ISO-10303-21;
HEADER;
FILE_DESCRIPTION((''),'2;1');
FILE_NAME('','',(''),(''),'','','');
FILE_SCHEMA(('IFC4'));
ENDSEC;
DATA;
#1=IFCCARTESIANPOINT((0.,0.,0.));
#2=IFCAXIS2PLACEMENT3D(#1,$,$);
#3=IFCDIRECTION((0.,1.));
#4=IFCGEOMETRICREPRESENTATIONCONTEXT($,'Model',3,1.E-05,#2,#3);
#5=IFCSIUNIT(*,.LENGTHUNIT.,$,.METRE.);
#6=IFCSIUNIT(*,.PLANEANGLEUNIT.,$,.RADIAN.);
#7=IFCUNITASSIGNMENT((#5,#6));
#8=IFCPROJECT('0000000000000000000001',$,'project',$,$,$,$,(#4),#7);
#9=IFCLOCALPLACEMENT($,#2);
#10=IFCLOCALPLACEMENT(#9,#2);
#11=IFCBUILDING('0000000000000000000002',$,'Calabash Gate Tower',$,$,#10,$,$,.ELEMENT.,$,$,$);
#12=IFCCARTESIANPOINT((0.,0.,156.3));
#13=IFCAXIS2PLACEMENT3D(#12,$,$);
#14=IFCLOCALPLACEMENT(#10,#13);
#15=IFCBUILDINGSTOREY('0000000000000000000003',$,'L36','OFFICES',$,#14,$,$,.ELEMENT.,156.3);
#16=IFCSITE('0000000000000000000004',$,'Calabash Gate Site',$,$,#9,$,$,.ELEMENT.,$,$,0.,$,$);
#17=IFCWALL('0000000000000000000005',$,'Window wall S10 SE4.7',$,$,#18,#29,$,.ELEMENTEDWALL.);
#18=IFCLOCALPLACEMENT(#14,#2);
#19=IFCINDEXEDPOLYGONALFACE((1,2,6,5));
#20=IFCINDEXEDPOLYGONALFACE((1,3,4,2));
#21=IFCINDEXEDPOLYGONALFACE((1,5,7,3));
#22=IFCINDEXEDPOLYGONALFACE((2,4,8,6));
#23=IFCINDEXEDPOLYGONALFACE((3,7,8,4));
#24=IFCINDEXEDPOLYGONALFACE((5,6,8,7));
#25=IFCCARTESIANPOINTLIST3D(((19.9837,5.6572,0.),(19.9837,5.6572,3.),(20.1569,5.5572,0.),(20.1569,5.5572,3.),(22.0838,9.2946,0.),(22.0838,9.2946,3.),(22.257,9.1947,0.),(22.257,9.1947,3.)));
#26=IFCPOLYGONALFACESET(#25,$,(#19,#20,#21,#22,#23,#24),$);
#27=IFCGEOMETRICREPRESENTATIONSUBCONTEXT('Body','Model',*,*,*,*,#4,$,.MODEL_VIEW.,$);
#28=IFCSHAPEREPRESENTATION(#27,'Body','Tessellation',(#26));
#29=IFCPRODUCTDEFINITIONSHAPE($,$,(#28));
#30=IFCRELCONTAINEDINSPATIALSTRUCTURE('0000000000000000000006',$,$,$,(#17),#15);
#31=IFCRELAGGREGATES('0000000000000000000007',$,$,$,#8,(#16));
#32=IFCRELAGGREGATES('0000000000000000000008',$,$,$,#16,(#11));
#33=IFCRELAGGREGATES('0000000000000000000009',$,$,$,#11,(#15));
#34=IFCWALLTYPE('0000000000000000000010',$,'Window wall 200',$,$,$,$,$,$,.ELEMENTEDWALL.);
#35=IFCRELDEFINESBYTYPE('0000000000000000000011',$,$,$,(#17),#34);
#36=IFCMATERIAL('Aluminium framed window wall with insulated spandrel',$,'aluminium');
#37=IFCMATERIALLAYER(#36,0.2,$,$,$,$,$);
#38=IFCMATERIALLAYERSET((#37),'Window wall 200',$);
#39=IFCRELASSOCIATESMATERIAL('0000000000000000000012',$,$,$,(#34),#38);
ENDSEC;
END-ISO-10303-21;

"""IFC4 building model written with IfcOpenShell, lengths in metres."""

from ifc_helpers import new_model, si_unit, direction, frame, frame_2d, origin, place, context, subcontext, project, spatial, rectangle, extrude, material, layer, layer_set, type_object, element, save


model = new_model("IFC4")

# Units and contexts
model_context = context("Model", 3, precision=1e-05, world=origin(), true_north=direction((0.0, 1.0)))
body_context = subcontext(model_context, "Body", "Model", "MODEL_VIEW")
ifc_project = project(units=[si_unit("LENGTHUNIT", "METRE"), si_unit("PLANEANGLEUNIT", "RADIAN")], contexts=[model_context])

# Site, building, storey
site_placement = place(None, origin())
site = spatial("IfcSite", under=ifc_project, at=site_placement, Name="Calabash Gate Site", CompositionType="ELEMENT", RefElevation=0.0)
building_placement = place(site_placement, origin())
building = spatial("IfcBuilding", under=site, at=building_placement, Name="Calabash Gate Tower", CompositionType="ELEMENT")
storey_placement = place(building_placement, frame((0.0, 0.0, 156.3)))
storey = spatial("IfcBuildingStorey", under=building, at=storey_placement, Name="L36", Description="OFFICES", CompositionType="ELEMENT", Elevation=156.3)

# Wall
ifc_material_1 = material(Name="Aluminium framed window wall with insulated spandrel", Category="aluminium")
ifc_layer_1 = layer(ifc_material_1, 0.2)
ifc_layer_set_1 = layer_set([ifc_layer_1], Name="Window wall 200")
wall_type_1 = type_object("IfcWallType", Name="Window wall 200", PredefinedType="ELEMENTEDWALL", material=ifc_layer_set_1)
wall_1_placement = place(storey_placement, frame((20.0703, 5.6072, 0.0), z_axis=(0.0, 0.0, 1.0), x_axis=(0.500003, 0.866024, 0.0)))
element("IfcWall", 1, at=wall_1_placement, inside=storey, type_object=wall_type_1, Name="Window wall S10 SE4.7", PredefinedType="ELEMENTEDWALL", context=body_context, shape_type="SweptSolid", body=[
    extrude(rectangle(XDim=4.2002, YDim=0.2, at=frame_2d((2.1001, 0.0))), origin(), (0.0, 0.0, 1.0), 3.0),
])

save(model, "model.ifc")
